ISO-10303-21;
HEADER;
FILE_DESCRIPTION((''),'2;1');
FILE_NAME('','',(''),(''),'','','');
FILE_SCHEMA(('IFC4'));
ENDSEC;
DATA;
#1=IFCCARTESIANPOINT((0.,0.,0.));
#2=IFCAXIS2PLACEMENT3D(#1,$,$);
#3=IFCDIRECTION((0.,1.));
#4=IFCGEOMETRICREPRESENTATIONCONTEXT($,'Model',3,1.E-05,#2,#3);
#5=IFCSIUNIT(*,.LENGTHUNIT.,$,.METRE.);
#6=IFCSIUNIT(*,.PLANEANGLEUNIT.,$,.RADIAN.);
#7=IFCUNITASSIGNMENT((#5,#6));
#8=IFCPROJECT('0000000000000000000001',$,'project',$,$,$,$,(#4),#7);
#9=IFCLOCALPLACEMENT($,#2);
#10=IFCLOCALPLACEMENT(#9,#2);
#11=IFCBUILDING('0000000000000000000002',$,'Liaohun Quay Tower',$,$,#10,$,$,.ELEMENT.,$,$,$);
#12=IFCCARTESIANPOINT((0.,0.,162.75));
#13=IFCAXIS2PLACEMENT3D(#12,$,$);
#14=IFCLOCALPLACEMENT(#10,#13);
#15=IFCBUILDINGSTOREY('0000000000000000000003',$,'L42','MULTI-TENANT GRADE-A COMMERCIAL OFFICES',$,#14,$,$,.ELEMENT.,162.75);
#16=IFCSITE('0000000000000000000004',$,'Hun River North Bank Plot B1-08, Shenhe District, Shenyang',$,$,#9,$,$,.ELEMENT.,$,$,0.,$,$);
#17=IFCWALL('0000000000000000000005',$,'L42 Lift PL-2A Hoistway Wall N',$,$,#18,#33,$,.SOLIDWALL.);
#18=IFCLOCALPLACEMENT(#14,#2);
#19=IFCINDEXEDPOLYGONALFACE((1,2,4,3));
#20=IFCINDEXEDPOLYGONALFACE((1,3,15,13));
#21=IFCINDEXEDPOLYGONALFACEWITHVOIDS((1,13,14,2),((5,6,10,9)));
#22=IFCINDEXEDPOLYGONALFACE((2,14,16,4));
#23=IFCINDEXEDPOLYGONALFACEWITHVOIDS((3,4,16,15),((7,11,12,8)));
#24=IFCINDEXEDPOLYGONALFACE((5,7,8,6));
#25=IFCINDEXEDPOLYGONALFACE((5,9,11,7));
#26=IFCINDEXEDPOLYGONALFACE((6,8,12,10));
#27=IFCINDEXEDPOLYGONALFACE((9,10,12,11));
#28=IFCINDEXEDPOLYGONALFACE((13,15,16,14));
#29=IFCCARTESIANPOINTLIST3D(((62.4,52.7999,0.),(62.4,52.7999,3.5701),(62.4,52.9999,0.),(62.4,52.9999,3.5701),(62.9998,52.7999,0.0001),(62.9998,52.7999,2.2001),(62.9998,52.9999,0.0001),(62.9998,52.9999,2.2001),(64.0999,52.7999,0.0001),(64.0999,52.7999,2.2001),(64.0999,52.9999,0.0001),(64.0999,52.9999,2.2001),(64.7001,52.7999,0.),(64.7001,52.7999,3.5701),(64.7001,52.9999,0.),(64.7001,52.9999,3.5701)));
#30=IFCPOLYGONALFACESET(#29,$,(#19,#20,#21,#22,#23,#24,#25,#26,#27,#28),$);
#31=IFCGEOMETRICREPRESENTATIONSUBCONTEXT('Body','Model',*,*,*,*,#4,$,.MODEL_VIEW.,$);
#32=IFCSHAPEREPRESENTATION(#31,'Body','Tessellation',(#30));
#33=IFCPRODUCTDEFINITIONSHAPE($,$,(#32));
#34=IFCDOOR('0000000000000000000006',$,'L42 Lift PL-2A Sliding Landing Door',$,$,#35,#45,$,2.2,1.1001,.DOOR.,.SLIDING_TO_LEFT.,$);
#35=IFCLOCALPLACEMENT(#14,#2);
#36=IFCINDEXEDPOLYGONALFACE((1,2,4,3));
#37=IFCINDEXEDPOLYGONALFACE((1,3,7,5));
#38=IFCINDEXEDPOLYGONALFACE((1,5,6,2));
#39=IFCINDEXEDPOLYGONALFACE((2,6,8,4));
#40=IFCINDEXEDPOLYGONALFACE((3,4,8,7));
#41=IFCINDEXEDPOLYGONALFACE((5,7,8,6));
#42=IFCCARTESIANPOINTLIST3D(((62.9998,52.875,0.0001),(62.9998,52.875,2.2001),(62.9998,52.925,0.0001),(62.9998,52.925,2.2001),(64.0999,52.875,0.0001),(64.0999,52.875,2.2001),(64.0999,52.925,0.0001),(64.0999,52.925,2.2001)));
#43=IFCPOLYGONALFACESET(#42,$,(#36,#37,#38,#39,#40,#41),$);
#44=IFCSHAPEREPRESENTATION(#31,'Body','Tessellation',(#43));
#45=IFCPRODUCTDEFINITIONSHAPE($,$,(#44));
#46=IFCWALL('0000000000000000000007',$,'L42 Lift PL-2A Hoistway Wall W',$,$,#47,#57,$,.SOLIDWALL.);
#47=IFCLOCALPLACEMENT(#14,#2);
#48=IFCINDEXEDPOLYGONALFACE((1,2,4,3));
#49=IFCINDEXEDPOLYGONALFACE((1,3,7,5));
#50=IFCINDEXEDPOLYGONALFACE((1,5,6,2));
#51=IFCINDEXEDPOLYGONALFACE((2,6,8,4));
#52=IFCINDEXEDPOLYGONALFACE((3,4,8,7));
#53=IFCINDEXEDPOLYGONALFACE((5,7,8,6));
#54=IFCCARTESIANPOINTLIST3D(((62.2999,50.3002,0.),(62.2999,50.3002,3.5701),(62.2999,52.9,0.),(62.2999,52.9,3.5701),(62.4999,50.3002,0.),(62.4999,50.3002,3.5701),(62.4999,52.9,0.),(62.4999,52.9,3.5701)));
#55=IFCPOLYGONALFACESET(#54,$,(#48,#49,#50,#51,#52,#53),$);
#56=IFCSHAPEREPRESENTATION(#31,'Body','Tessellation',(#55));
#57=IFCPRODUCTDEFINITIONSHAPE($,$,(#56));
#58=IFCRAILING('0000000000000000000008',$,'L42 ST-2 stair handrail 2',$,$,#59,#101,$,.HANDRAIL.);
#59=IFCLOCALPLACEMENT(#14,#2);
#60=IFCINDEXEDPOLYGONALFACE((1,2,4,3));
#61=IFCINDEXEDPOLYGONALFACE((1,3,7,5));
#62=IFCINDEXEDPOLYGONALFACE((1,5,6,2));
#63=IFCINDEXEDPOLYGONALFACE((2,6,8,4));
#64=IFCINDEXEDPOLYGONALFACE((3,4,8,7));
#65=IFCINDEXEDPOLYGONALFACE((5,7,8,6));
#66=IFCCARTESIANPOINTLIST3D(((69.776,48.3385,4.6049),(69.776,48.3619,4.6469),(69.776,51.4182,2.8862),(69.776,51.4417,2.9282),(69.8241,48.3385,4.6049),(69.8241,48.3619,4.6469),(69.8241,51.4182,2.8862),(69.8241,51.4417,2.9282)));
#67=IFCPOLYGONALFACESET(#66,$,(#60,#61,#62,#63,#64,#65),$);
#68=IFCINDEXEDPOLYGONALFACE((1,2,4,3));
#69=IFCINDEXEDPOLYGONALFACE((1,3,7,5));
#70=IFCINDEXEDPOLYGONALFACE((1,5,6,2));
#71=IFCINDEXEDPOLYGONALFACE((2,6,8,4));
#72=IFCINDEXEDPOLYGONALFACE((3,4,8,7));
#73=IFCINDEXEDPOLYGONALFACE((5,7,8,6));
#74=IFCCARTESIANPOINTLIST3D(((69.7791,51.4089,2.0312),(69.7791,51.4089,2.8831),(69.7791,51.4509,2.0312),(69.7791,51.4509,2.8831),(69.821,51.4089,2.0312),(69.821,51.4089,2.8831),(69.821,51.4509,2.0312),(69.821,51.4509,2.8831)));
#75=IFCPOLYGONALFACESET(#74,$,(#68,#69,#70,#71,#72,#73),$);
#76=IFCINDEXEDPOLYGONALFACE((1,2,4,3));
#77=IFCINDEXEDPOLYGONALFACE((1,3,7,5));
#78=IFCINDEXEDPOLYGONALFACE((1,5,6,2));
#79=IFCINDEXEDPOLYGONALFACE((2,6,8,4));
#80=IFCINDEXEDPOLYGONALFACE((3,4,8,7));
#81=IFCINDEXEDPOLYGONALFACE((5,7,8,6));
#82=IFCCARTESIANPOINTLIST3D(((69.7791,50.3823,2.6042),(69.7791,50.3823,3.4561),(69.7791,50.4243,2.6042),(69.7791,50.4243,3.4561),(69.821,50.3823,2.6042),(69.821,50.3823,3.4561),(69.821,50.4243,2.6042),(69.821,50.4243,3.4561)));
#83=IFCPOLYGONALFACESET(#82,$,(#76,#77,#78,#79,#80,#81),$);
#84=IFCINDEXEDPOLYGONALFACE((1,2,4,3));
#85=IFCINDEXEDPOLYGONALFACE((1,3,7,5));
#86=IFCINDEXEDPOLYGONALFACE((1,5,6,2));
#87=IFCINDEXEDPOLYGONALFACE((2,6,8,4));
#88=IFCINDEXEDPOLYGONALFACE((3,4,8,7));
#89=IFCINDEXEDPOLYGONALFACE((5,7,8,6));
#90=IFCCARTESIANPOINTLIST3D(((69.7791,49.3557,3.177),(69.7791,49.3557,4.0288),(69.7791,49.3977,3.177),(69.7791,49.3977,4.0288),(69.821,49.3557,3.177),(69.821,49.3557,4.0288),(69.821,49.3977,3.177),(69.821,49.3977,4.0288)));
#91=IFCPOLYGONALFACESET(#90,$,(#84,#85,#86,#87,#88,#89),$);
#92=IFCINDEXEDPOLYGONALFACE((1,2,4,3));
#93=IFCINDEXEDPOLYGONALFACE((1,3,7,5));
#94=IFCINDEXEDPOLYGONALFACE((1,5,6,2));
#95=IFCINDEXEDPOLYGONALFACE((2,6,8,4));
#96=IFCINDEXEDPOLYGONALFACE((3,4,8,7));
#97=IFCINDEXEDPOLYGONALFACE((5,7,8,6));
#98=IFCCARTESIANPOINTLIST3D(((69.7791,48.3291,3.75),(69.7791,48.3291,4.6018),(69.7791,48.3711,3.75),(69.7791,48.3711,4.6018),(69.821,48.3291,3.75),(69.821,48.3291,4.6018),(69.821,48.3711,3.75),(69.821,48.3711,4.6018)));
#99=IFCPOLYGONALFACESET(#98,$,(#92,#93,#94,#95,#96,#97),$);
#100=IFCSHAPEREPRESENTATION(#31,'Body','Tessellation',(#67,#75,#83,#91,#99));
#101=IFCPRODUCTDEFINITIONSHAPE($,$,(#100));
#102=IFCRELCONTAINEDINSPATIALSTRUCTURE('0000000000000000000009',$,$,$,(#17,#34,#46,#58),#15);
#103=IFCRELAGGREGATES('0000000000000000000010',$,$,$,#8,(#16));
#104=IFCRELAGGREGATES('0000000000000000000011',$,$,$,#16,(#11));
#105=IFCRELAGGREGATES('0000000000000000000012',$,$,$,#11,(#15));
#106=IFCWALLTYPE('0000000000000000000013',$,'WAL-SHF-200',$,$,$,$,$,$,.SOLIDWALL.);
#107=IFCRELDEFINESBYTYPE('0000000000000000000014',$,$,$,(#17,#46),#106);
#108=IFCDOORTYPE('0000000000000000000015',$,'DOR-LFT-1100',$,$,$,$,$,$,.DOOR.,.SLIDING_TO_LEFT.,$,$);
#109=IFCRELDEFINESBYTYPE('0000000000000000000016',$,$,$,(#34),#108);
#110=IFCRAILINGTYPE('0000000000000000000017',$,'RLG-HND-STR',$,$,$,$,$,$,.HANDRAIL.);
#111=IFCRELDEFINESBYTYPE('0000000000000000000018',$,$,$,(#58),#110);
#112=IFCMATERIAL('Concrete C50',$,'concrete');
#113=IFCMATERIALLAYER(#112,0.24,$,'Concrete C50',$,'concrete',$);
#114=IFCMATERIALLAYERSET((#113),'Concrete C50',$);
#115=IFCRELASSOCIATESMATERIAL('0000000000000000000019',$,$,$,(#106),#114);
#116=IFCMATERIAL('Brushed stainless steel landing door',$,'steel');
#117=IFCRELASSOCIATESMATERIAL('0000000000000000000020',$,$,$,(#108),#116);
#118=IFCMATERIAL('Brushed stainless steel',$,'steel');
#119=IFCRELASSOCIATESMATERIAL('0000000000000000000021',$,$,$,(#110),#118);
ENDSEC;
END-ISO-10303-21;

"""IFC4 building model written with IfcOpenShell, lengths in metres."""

from ifc_helpers import new_model, si_unit, direction, frame, frame_2d, origin, origin_2d, place, context, subcontext, project, spatial, rectangle, extrude, source, transform, mapped, material, layer, layer_set, type_object, element, fill, save


model = new_model("IFC4")

# Units and contexts
model_context = context("Model", 3, precision=1e-05, world=origin(), true_north=direction((0.0, 1.0)))
body_context = subcontext(model_context, "Body", "Model", "MODEL_VIEW")
ifc_project = project(units=[si_unit("LENGTHUNIT", "METRE"), si_unit("PLANEANGLEUNIT", "RADIAN")], contexts=[model_context])

# Site, building, storey
site_placement = place(None, origin())
site = spatial("IfcSite", under=ifc_project, at=site_placement, Name="Hun River North Bank Plot B1-08, Shenhe District, Shenyang", CompositionType="ELEMENT", RefElevation=0.0)
building_placement = place(site_placement, origin())
building = spatial("IfcBuilding", under=site, at=building_placement, Name="Liaohun Quay Tower", CompositionType="ELEMENT")
storey_placement = place(building_placement, frame((0.0, 0.0, 162.75)))
storey = spatial("IfcBuildingStorey", under=building, at=storey_placement, Name="L42", Description="MULTI-TENANT GRADE-A COMMERCIAL OFFICES", CompositionType="ELEMENT", Elevation=162.75)

# Shared definitions
ifc_material_1 = material(Name="Concrete C50", Category="concrete")
ifc_layer_1 = layer(ifc_material_1, 0.24, Name="Concrete C50", Category="concrete")
ifc_layer_set_1 = layer_set([ifc_layer_1], Name="Concrete C50")
wall_type_1 = type_object("IfcWallType", Name="WAL-SHF-200", PredefinedType="SOLIDWALL", material=ifc_layer_set_1)

# Wall, opening, door
wall_1_placement = place(storey_placement, frame((64.7, 52.8999, 0.0), z_axis=(0.0, 0.0, 1.0), x_axis=(-1.0, 0.0, 0.0)))
wall_1 = element("IfcWall", 1, at=wall_1_placement, inside=storey, type_object=wall_type_1, Name="L42 Lift PL-2A Hoistway Wall N", PredefinedType="SOLIDWALL", context=body_context, shape_type="SweptSolid", body=[
    extrude(rectangle(XDim=2.3, YDim=0.2, at=frame_2d((1.1499, 0.0))), origin(), (0.0, 0.0, 1.0), 3.5701),
])
shared_shape_1 = source(origin(), body_context, "Body", "SweptSolid", [
    extrude(rectangle(XDim=1.1001, YDim=2.2, at=frame_2d((0.55, 1.1001))), frame((0.0, 0.1099, 0.0), z_axis=(0.0, -1.0, 0.0), x_axis=(1.0, 0.0, 0.0)), (0.0, 0.0, 1.0), 0.22),
])
opening_1_placement = place(wall_1_placement, frame((0.6001, 0.0, 0.0)))
opening_1 = element("IfcOpeningElement", 2, at=opening_1_placement, cuts=wall_1, PredefinedType="OPENING", context=body_context, shape_type="MappedRepresentation", body=[
    mapped(shared_shape_1, transform((0.0, 0.0, 0.0), x_axis=(1.0, 0.0, 0.0), y_axis=(0.0, 1.0, 0.0), z_axis=(0.0, 0.0, 1.0), scale=1.0)),
])
ifc_material_2 = material(Name="Brushed stainless steel landing door", Category="steel")
door_type_1 = type_object("IfcDoorType", Name="DOR-LFT-1100", OperationType="SLIDING_TO_LEFT", PredefinedType="DOOR", material=ifc_material_2)
shared_shape_2 = source(origin(), body_context, "Body", "SweptSolid", [
    extrude(rectangle(XDim=1.1001, YDim=2.2, at=frame_2d((0.55, 1.1001))), frame((0.0, 0.0249, 0.0), z_axis=(0.0, -1.0, 0.0), x_axis=(1.0, 0.0, 0.0)), (0.0, 0.0, 1.0), 0.05),
])
door_1_placement = place(opening_1_placement, origin())
door_1 = element("IfcDoor", 3, at=door_1_placement, inside=storey, type_object=door_type_1, Name="L42 Lift PL-2A Sliding Landing Door", OperationType="SLIDING_TO_LEFT", OverallHeight=2.2, OverallWidth=1.1001, PredefinedType="DOOR", context=body_context, shape_type="MappedRepresentation", body=[
    mapped(shared_shape_2, transform((0.0, 0.0, 0.0), x_axis=(1.0, 0.0, 0.0), y_axis=(0.0, 1.0, 0.0), z_axis=(0.0, 0.0, 1.0), scale=1.0)),
])
fill(opening_1, door_1)

# Wall
wall_2_placement = place(storey_placement, frame((62.3999, 52.8999, 0.0), z_axis=(0.0, 0.0, 1.0), x_axis=(0.0, -1.0, 0.0)))
element("IfcWall", 4, at=wall_2_placement, inside=storey, type_object=wall_type_1, Name="L42 Lift PL-2A Hoistway Wall W", PredefinedType="SOLIDWALL", context=body_context, shape_type="SweptSolid", body=[
    extrude(rectangle(XDim=2.5999, YDim=0.2, at=frame_2d((1.2998, 0.0))), origin(), (0.0, 0.0, 1.0), 3.5701),
])

# Railing
ifc_material_3 = material(Name="Brushed stainless steel", Category="steel")
railing_type = type_object("IfcRailingType", Name="RLG-HND-STR", PredefinedType="HANDRAIL", material=ifc_material_3)
railing_placement = place(storey_placement, frame((69.8, 51.4299, 2.0312)))
element("IfcRailing", 5, at=railing_placement, inside=storey, type_object=railing_type, Name="L42 ST-2 stair handrail 2", PredefinedType="HANDRAIL", context=body_context, shape_type="SweptSolid", body=[
    extrude(rectangle(XDim=0.0481, YDim=0.0481, at=origin_2d()), frame((0.0, 0.0, 0.876), z_axis=(0.0, -0.873225, 0.487317), x_axis=(1.0, 0.0, 0.0)), (0.0, 0.0, 1.0), 3.5269),
    extrude(rectangle(XDim=0.042, YDim=0.042, at=origin_2d()), origin(), (0.0, 0.0, 1.0), 0.8518),
    extrude(rectangle(XDim=0.042, YDim=0.042, at=origin_2d()), frame((0.0, -1.0266, 0.573)), (0.0, 0.0, 1.0), 0.8518),
    extrude(rectangle(XDim=0.042, YDim=0.042, at=origin_2d()), frame((0.0, -2.0532, 1.1458)), (0.0, 0.0, 1.0), 0.8518),
    extrude(rectangle(XDim=0.042, YDim=0.042, at=origin_2d()), frame((0.0, -3.0798, 1.7188)), (0.0, 0.0, 1.0), 0.8518),
])

save(model, "model.ifc")
